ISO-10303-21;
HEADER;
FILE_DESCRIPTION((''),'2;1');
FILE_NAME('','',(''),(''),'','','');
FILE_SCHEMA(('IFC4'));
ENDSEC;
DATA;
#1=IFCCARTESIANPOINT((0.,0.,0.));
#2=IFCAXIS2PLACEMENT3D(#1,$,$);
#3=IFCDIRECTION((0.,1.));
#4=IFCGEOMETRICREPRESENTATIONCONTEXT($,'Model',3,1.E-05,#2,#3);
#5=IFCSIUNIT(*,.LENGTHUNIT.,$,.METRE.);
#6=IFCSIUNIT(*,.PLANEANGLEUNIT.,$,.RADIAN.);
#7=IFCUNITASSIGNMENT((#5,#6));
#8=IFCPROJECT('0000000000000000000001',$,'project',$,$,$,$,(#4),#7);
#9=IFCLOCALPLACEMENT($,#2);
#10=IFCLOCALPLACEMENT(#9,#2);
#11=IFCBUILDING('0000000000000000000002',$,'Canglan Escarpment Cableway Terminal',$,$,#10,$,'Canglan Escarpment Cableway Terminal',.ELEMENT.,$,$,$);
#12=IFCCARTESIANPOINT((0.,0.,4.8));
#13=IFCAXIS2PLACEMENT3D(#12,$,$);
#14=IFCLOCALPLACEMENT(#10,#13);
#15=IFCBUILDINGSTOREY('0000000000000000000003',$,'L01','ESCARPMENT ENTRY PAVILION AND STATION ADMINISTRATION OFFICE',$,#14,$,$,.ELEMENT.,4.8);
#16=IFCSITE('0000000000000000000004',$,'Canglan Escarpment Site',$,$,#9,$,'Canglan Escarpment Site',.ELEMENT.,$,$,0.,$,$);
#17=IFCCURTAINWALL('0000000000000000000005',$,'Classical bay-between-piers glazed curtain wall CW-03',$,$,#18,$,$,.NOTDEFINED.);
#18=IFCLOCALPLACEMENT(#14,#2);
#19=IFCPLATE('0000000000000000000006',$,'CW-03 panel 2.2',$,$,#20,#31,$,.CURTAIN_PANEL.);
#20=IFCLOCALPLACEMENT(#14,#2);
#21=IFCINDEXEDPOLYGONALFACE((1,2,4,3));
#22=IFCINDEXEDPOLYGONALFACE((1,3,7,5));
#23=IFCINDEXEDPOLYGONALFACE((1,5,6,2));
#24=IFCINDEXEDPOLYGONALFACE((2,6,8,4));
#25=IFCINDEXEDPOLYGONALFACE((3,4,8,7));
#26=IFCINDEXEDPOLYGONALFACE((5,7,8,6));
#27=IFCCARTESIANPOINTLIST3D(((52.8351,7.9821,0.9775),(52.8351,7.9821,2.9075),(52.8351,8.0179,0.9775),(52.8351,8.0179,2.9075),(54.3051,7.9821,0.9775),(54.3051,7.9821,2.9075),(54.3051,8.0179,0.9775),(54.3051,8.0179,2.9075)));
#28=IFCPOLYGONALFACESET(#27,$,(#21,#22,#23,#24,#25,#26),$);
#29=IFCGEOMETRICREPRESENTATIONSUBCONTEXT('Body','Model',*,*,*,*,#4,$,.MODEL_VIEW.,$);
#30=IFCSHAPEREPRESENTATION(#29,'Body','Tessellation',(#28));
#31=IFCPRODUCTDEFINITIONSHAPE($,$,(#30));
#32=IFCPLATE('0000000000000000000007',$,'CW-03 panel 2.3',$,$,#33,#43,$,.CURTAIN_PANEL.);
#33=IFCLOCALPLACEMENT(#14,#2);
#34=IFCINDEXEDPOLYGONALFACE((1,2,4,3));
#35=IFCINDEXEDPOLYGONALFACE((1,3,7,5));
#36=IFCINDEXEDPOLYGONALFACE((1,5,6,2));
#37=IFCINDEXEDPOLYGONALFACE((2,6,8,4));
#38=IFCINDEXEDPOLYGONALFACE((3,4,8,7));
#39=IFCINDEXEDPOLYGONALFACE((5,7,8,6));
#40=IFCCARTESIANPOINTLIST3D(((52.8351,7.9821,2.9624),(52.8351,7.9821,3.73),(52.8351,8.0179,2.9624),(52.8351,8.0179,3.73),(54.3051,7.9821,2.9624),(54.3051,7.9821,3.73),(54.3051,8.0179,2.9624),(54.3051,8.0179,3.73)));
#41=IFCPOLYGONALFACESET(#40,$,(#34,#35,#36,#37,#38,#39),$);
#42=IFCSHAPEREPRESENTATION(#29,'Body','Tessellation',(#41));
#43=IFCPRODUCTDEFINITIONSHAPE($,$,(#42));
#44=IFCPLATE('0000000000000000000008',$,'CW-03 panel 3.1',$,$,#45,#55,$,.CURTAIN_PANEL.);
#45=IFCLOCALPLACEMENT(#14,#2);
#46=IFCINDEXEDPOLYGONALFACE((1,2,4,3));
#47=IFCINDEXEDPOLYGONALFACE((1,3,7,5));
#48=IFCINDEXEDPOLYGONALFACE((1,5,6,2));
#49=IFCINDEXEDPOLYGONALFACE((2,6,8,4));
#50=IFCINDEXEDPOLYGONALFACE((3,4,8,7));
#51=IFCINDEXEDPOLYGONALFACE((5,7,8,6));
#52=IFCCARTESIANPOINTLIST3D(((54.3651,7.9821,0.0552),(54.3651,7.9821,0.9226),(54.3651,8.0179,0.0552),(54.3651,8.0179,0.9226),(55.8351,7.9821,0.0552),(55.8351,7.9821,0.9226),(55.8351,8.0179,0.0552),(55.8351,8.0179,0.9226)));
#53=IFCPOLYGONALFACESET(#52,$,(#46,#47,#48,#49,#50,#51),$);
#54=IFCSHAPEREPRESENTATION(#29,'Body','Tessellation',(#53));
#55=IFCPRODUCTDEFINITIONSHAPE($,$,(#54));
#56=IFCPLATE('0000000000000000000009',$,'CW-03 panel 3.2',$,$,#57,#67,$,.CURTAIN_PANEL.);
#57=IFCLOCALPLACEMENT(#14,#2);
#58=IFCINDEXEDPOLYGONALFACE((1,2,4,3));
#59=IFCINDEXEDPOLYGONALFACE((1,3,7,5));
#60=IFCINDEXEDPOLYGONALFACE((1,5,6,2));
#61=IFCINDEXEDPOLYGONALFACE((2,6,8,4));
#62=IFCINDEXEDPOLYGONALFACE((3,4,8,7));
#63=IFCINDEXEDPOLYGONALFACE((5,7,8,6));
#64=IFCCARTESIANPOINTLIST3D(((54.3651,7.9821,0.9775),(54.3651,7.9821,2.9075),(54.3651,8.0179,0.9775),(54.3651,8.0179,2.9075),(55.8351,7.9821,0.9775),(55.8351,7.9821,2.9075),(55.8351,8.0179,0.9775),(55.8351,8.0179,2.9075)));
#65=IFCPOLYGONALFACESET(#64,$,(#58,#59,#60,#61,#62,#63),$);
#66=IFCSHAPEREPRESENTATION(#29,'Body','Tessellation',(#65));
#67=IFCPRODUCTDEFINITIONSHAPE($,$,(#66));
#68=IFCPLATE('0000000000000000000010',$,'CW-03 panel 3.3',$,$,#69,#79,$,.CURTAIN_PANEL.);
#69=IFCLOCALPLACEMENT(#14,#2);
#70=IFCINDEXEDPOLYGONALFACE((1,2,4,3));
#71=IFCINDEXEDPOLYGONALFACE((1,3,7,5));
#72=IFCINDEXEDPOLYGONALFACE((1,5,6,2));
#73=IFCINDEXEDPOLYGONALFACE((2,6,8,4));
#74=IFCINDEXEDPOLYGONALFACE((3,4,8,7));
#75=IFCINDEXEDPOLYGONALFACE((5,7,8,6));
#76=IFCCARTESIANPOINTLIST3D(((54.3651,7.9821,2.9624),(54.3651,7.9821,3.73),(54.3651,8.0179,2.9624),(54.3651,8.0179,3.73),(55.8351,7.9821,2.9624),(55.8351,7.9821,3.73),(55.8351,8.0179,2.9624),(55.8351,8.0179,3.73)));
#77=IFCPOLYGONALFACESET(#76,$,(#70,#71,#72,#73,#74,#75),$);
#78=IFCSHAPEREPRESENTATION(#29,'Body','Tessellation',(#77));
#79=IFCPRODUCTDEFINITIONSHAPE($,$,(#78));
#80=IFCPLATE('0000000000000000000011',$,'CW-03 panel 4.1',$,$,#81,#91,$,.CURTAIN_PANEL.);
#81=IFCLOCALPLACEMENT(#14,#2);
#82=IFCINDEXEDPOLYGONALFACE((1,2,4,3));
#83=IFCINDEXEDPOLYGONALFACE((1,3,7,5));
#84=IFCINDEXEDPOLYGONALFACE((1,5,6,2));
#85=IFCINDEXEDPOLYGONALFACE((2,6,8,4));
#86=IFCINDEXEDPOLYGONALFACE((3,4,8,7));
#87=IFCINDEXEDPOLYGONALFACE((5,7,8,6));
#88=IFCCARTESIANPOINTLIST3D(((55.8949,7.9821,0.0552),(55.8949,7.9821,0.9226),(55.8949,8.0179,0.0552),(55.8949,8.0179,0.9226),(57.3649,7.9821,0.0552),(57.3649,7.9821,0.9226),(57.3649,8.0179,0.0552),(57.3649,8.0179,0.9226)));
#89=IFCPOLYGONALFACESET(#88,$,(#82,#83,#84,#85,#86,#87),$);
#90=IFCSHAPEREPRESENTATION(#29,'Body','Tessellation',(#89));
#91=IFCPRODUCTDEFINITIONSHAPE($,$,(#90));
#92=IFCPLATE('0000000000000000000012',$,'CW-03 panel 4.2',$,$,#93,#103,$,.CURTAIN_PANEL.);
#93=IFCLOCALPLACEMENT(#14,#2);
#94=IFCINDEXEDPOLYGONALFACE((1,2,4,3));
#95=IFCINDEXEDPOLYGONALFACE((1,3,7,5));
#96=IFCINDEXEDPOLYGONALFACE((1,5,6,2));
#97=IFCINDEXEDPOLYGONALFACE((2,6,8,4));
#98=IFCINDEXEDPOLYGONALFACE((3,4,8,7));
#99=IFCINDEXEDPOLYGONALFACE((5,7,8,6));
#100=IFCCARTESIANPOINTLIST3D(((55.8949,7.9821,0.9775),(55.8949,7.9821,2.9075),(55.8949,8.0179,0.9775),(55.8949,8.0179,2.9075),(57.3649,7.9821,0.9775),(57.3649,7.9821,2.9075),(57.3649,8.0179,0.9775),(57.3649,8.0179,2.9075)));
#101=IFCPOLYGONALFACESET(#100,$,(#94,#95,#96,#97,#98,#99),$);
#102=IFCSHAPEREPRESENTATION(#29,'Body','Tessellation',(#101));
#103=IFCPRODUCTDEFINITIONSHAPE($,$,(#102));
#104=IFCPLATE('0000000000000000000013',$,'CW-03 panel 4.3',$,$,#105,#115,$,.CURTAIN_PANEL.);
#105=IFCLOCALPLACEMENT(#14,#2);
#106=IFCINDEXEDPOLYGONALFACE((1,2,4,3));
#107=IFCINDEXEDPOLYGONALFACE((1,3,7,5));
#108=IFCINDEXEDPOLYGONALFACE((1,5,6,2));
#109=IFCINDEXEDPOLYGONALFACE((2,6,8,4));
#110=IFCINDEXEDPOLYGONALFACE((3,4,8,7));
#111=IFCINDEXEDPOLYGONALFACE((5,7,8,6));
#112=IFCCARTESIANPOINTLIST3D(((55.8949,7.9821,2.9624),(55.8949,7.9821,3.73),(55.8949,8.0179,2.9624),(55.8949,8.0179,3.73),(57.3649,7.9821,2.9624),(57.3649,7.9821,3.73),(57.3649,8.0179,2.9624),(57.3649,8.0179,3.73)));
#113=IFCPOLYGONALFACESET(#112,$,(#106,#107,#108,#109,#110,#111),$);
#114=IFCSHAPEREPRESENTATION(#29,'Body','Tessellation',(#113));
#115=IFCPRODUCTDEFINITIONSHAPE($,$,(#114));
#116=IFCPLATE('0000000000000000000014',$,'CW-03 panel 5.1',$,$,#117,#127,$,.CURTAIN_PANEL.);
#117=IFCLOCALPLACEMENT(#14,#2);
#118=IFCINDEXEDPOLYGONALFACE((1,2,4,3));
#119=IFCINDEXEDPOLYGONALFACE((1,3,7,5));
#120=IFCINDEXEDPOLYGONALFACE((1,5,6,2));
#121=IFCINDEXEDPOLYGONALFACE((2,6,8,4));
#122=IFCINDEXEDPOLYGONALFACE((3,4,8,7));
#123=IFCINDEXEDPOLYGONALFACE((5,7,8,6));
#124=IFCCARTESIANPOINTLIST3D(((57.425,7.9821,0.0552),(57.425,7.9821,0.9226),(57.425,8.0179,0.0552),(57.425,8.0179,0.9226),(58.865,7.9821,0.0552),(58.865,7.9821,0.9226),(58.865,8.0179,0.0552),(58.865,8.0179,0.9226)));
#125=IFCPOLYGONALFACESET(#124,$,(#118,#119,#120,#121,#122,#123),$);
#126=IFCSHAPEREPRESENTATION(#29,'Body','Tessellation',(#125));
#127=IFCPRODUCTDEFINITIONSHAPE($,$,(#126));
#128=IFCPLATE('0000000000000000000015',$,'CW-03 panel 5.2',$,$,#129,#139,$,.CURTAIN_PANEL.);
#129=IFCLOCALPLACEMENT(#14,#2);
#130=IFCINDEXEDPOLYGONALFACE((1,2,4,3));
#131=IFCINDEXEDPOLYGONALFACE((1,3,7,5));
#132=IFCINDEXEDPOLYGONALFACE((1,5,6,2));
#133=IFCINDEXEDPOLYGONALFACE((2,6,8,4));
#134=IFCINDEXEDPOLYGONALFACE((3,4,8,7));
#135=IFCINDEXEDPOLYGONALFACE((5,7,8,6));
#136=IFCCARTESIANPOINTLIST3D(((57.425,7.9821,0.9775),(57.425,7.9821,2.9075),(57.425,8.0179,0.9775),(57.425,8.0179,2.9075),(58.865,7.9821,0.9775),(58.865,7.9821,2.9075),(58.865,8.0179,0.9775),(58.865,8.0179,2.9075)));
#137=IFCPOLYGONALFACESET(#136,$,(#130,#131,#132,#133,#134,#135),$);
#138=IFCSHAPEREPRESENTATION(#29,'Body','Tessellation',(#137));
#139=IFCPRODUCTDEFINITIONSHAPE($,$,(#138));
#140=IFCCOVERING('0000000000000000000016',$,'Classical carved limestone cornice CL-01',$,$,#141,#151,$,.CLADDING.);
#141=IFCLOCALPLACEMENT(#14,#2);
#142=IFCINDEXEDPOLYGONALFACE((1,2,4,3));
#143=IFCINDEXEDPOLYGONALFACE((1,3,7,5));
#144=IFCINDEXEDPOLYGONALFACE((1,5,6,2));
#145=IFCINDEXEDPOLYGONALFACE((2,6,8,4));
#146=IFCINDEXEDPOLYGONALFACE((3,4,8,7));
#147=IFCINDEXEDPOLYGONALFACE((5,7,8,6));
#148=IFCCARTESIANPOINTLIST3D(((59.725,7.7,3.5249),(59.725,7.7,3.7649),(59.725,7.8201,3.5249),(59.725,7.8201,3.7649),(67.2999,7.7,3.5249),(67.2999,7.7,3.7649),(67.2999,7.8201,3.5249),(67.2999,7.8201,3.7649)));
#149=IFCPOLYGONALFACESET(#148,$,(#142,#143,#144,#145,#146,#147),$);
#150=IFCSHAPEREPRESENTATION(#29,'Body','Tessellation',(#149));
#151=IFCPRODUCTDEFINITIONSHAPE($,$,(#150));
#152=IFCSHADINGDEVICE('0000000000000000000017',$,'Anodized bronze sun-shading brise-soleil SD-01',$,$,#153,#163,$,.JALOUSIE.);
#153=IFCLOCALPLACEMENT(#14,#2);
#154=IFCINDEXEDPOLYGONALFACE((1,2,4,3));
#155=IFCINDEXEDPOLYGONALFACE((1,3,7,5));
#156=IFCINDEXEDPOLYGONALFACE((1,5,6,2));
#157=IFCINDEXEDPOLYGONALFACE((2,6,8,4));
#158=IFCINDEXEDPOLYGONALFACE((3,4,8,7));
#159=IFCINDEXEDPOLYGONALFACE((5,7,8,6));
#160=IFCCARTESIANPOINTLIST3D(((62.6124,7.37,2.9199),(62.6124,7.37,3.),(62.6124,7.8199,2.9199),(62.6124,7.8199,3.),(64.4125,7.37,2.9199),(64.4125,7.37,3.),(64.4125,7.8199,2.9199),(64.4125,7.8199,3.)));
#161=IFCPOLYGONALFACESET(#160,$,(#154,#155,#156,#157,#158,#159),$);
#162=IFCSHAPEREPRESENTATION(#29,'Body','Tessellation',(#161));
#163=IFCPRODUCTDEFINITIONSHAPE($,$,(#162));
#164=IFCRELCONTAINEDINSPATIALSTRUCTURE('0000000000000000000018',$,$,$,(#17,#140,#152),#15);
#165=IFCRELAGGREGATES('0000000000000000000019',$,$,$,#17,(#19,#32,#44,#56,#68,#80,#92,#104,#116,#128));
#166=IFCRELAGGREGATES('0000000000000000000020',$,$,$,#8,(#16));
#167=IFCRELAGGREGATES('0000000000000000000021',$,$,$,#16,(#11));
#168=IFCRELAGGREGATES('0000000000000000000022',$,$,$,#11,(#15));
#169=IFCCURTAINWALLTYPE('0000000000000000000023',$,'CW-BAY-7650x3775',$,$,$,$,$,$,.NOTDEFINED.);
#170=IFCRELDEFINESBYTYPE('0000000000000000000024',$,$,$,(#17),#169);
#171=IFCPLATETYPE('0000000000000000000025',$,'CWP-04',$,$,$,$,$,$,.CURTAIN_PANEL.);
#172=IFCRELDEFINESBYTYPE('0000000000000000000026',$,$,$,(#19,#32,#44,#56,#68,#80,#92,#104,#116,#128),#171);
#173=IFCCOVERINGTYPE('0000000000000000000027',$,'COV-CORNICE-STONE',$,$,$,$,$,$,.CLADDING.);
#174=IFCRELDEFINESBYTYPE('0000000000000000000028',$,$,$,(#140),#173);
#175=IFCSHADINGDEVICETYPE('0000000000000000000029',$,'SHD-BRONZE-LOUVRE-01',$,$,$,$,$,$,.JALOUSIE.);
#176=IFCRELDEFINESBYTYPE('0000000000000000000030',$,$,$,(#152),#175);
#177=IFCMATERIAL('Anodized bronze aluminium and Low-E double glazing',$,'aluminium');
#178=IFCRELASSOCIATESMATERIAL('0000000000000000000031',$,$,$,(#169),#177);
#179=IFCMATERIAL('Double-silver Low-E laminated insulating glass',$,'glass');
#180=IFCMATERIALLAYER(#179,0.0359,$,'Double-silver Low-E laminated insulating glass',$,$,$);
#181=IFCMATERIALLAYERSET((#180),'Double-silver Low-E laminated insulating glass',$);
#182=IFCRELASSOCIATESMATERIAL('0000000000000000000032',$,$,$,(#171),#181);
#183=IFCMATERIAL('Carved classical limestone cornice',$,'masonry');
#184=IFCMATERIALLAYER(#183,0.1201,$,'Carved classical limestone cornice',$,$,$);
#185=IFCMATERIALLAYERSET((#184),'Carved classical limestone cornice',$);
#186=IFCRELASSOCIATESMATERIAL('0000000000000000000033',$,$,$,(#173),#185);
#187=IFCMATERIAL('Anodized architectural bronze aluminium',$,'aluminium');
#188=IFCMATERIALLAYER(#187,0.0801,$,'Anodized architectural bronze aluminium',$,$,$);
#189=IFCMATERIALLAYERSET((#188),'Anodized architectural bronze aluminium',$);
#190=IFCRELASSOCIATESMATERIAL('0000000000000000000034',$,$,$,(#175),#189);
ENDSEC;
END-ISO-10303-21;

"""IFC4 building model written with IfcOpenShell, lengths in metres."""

from ifc_helpers import new_model, si_unit, direction, frame, origin, origin_2d, place, context, subcontext, project, spatial, rectangle, extrude, material, layer, layer_set, type_object, element, aggregate, save


model = new_model("IFC4")

# Units and contexts
model_context = context("Model", 3, precision=1e-05, world=origin(), true_north=direction((0.0, 1.0)))
body_context = subcontext(model_context, "Body", "Model", "MODEL_VIEW")
ifc_project = project(units=[si_unit("LENGTHUNIT", "METRE"), si_unit("PLANEANGLEUNIT", "RADIAN")], contexts=[model_context])

# Site, building, storey
site_placement = place(None, origin())
site = spatial("IfcSite", under=ifc_project, at=site_placement, Name="Canglan Escarpment Site", LongName="Canglan Escarpment Site", CompositionType="ELEMENT", RefElevation=0.0)
building_placement = place(site_placement, origin())
building = spatial("IfcBuilding", under=site, at=building_placement, Name="Canglan Escarpment Cableway Terminal", LongName="Canglan Escarpment Cableway Terminal", CompositionType="ELEMENT")
storey_placement = place(building_placement, frame((0.0, 0.0, 4.8)))
storey = spatial("IfcBuildingStorey", under=building, at=storey_placement, Name="L01", Description="ESCARPMENT ENTRY PAVILION AND STATION ADMINISTRATION OFFICE", CompositionType="ELEMENT", Elevation=4.8)

# Curtain wall, plates
ifc_material_1 = material(Name="Anodized bronze aluminium and Low-E double glazing", Category="aluminium")
curtain_wall_type = type_object("IfcCurtainWallType", Name="CW-BAY-7650x3775", PredefinedType="NOTDEFINED", material=ifc_material_1)
curtain_wall_placement = place(storey_placement, origin())
curtain_wall = element("IfcCurtainWall", 1, at=curtain_wall_placement, inside=storey, type_object=curtain_wall_type, Name="Classical bay-between-piers glazed curtain wall CW-03", PredefinedType="NOTDEFINED")
ifc_material_2 = material(Name="Double-silver Low-E laminated insulating glass", Category="glass")
ifc_layer_1 = layer(ifc_material_2, 0.0359, Name="Double-silver Low-E laminated insulating glass")
ifc_layer_set_1 = layer_set([ifc_layer_1], Name="Double-silver Low-E laminated insulating glass")
plate_type = type_object("IfcPlateType", Name="CWP-04", PredefinedType="CURTAIN_PANEL", material=ifc_layer_set_1)
plate_1_placement = place(storey_placement, frame((53.5701, 8.0, 0.9775), z_axis=(0.0, 0.0, 1.0), x_axis=(1.0, 0.0, 0.0)))
plate_1 = element("IfcPlate", 2, at=plate_1_placement, type_object=plate_type, Name="CW-03 panel 2.2", PredefinedType="CURTAIN_PANEL", context=body_context, shape_type="SweptSolid", body=[
    extrude(rectangle(XDim=1.47, YDim=0.0359, at=origin_2d()), origin(), (0.0, 0.0, 1.0), 1.9299),
])
plate_2_placement = place(storey_placement, frame((53.5701, 8.0, 2.9624), z_axis=(0.0, 0.0, 1.0), x_axis=(1.0, 0.0, 0.0)))
plate_2 = element("IfcPlate", 3, at=plate_2_placement, type_object=plate_type, Name="CW-03 panel 2.3", PredefinedType="CURTAIN_PANEL", context=body_context, shape_type="SweptSolid", body=[
    extrude(rectangle(XDim=1.47, YDim=0.0359, at=origin_2d()), origin(), (0.0, 0.0, 1.0), 0.7676),
])
plate_3_placement = place(storey_placement, frame((55.1001, 8.0, 0.0552), z_axis=(0.0, 0.0, 1.0), x_axis=(1.0, 0.0, 0.0)))
plate_3 = element("IfcPlate", 4, at=plate_3_placement, type_object=plate_type, Name="CW-03 panel 3.1", PredefinedType="CURTAIN_PANEL", context=body_context, shape_type="SweptSolid", body=[
    extrude(rectangle(XDim=1.47, YDim=0.0359, at=origin_2d()), origin(), (0.0, 0.0, 1.0), 0.8674),
])
plate_4_placement = place(storey_placement, frame((55.1001, 8.0, 0.9775), z_axis=(0.0, 0.0, 1.0), x_axis=(1.0, 0.0, 0.0)))
plate_4 = element("IfcPlate", 5, at=plate_4_placement, type_object=plate_type, Name="CW-03 panel 3.2", PredefinedType="CURTAIN_PANEL", context=body_context, shape_type="SweptSolid", body=[
    extrude(rectangle(XDim=1.47, YDim=0.0359, at=origin_2d()), origin(), (0.0, 0.0, 1.0), 1.9299),
])
plate_5_placement = place(storey_placement, frame((55.1001, 8.0, 2.9624), z_axis=(0.0, 0.0, 1.0), x_axis=(1.0, 0.0, 0.0)))
plate_5 = element("IfcPlate", 6, at=plate_5_placement, type_object=plate_type, Name="CW-03 panel 3.3", PredefinedType="CURTAIN_PANEL", context=body_context, shape_type="SweptSolid", body=[
    extrude(rectangle(XDim=1.47, YDim=0.0359, at=origin_2d()), origin(), (0.0, 0.0, 1.0), 0.7676),
])
plate_6_placement = place(storey_placement, frame((56.6299, 8.0, 0.0552), z_axis=(0.0, 0.0, 1.0), x_axis=(1.0, 0.0, 0.0)))
plate_6 = element("IfcPlate", 7, at=plate_6_placement, type_object=plate_type, Name="CW-03 panel 4.1", PredefinedType="CURTAIN_PANEL", context=body_context, shape_type="SweptSolid", body=[
    extrude(rectangle(XDim=1.47, YDim=0.0359, at=origin_2d()), origin(), (0.0, 0.0, 1.0), 0.8674),
])
plate_7_placement = place(storey_placement, frame((56.6299, 8.0, 0.9775), z_axis=(0.0, 0.0, 1.0), x_axis=(1.0, 0.0, 0.0)))
plate_7 = element("IfcPlate", 8, at=plate_7_placement, type_object=plate_type, Name="CW-03 panel 4.2", PredefinedType="CURTAIN_PANEL", context=body_context, shape_type="SweptSolid", body=[
    extrude(rectangle(XDim=1.47, YDim=0.0359, at=origin_2d()), origin(), (0.0, 0.0, 1.0), 1.9299),
])
plate_8_placement = place(storey_placement, frame((56.6299, 8.0, 2.9624), z_axis=(0.0, 0.0, 1.0), x_axis=(1.0, 0.0, 0.0)))
plate_8 = element("IfcPlate", 9, at=plate_8_placement, type_object=plate_type, Name="CW-03 panel 4.3", PredefinedType="CURTAIN_PANEL", context=body_context, shape_type="SweptSolid", body=[
    extrude(rectangle(XDim=1.47, YDim=0.0359, at=origin_2d()), origin(), (0.0, 0.0, 1.0), 0.7676),
])
plate_9_placement = place(storey_placement, frame((58.145, 8.0, 0.0552), z_axis=(0.0, 0.0, 1.0), x_axis=(1.0, 0.0, 0.0)))
plate_9 = element("IfcPlate", 10, at=plate_9_placement, type_object=plate_type, Name="CW-03 panel 5.1", PredefinedType="CURTAIN_PANEL", context=body_context, shape_type="SweptSolid", body=[
    extrude(rectangle(XDim=1.4399, YDim=0.0359, at=origin_2d()), origin(), (0.0, 0.0, 1.0), 0.8674),
])
plate_10_placement = place(storey_placement, frame((58.145, 8.0, 0.9775), z_axis=(0.0, 0.0, 1.0), x_axis=(1.0, 0.0, 0.0)))
plate_10 = element("IfcPlate", 11, at=plate_10_placement, type_object=plate_type, Name="CW-03 panel 5.2", PredefinedType="CURTAIN_PANEL", context=body_context, shape_type="SweptSolid", body=[
    extrude(rectangle(XDim=1.4399, YDim=0.0359, at=origin_2d()), origin(), (0.0, 0.0, 1.0), 1.9299),
])
aggregate(curtain_wall, [plate_1, plate_2, plate_3, plate_4, plate_5, plate_6, plate_7, plate_8, plate_9, plate_10])

# Covering
ifc_material_3 = material(Name="Carved classical limestone cornice", Category="masonry")
ifc_layer_2 = layer(ifc_material_3, 0.1201, Name="Carved classical limestone cornice")
ifc_layer_set_2 = layer_set([ifc_layer_2], Name="Carved classical limestone cornice")
covering_type = type_object("IfcCoveringType", Name="COV-CORNICE-STONE", PredefinedType="CLADDING", material=ifc_layer_set_2)
covering_placement = place(storey_placement, frame((63.5125, 7.76, 3.5249), z_axis=(0.0, 0.0, 1.0), x_axis=(1.0, 0.0, 0.0)))
element("IfcCovering", 12, at=covering_placement, inside=storey, type_object=covering_type, Name="Classical carved limestone cornice CL-01", PredefinedType="CLADDING", context=body_context, shape_type="SweptSolid", body=[
    extrude(rectangle(XDim=7.575, YDim=0.1201, at=origin_2d()), origin(), (0.0, 0.0, 1.0), 0.24),
])

# Shading device
ifc_material_4 = material(Name="Anodized architectural bronze aluminium", Category="aluminium")
ifc_layer_3 = layer(ifc_material_4, 0.0801, Name="Anodized architectural bronze aluminium")
ifc_layer_set_3 = layer_set([ifc_layer_3], Name="Anodized architectural bronze aluminium")
shading_device_type = type_object("IfcShadingDeviceType", Name="SHD-BRONZE-LOUVRE-01", PredefinedType="JALOUSIE", material=ifc_layer_set_3)
shading_device_placement = place(storey_placement, frame((63.5125, 7.595, 2.9199), z_axis=(0.0, 0.0, 1.0), x_axis=(1.0, 0.0, 0.0)))
element("IfcShadingDevice", 13, at=shading_device_placement, inside=storey, type_object=shading_device_type, Name="Anodized bronze sun-shading brise-soleil SD-01", PredefinedType="JALOUSIE", context=body_context, shape_type="SweptSolid", body=[
    extrude(rectangle(XDim=1.8, YDim=0.45, at=origin_2d()), origin(), (0.0, 0.0, 1.0), 0.0801),
])

save(model, "model.ifc")
